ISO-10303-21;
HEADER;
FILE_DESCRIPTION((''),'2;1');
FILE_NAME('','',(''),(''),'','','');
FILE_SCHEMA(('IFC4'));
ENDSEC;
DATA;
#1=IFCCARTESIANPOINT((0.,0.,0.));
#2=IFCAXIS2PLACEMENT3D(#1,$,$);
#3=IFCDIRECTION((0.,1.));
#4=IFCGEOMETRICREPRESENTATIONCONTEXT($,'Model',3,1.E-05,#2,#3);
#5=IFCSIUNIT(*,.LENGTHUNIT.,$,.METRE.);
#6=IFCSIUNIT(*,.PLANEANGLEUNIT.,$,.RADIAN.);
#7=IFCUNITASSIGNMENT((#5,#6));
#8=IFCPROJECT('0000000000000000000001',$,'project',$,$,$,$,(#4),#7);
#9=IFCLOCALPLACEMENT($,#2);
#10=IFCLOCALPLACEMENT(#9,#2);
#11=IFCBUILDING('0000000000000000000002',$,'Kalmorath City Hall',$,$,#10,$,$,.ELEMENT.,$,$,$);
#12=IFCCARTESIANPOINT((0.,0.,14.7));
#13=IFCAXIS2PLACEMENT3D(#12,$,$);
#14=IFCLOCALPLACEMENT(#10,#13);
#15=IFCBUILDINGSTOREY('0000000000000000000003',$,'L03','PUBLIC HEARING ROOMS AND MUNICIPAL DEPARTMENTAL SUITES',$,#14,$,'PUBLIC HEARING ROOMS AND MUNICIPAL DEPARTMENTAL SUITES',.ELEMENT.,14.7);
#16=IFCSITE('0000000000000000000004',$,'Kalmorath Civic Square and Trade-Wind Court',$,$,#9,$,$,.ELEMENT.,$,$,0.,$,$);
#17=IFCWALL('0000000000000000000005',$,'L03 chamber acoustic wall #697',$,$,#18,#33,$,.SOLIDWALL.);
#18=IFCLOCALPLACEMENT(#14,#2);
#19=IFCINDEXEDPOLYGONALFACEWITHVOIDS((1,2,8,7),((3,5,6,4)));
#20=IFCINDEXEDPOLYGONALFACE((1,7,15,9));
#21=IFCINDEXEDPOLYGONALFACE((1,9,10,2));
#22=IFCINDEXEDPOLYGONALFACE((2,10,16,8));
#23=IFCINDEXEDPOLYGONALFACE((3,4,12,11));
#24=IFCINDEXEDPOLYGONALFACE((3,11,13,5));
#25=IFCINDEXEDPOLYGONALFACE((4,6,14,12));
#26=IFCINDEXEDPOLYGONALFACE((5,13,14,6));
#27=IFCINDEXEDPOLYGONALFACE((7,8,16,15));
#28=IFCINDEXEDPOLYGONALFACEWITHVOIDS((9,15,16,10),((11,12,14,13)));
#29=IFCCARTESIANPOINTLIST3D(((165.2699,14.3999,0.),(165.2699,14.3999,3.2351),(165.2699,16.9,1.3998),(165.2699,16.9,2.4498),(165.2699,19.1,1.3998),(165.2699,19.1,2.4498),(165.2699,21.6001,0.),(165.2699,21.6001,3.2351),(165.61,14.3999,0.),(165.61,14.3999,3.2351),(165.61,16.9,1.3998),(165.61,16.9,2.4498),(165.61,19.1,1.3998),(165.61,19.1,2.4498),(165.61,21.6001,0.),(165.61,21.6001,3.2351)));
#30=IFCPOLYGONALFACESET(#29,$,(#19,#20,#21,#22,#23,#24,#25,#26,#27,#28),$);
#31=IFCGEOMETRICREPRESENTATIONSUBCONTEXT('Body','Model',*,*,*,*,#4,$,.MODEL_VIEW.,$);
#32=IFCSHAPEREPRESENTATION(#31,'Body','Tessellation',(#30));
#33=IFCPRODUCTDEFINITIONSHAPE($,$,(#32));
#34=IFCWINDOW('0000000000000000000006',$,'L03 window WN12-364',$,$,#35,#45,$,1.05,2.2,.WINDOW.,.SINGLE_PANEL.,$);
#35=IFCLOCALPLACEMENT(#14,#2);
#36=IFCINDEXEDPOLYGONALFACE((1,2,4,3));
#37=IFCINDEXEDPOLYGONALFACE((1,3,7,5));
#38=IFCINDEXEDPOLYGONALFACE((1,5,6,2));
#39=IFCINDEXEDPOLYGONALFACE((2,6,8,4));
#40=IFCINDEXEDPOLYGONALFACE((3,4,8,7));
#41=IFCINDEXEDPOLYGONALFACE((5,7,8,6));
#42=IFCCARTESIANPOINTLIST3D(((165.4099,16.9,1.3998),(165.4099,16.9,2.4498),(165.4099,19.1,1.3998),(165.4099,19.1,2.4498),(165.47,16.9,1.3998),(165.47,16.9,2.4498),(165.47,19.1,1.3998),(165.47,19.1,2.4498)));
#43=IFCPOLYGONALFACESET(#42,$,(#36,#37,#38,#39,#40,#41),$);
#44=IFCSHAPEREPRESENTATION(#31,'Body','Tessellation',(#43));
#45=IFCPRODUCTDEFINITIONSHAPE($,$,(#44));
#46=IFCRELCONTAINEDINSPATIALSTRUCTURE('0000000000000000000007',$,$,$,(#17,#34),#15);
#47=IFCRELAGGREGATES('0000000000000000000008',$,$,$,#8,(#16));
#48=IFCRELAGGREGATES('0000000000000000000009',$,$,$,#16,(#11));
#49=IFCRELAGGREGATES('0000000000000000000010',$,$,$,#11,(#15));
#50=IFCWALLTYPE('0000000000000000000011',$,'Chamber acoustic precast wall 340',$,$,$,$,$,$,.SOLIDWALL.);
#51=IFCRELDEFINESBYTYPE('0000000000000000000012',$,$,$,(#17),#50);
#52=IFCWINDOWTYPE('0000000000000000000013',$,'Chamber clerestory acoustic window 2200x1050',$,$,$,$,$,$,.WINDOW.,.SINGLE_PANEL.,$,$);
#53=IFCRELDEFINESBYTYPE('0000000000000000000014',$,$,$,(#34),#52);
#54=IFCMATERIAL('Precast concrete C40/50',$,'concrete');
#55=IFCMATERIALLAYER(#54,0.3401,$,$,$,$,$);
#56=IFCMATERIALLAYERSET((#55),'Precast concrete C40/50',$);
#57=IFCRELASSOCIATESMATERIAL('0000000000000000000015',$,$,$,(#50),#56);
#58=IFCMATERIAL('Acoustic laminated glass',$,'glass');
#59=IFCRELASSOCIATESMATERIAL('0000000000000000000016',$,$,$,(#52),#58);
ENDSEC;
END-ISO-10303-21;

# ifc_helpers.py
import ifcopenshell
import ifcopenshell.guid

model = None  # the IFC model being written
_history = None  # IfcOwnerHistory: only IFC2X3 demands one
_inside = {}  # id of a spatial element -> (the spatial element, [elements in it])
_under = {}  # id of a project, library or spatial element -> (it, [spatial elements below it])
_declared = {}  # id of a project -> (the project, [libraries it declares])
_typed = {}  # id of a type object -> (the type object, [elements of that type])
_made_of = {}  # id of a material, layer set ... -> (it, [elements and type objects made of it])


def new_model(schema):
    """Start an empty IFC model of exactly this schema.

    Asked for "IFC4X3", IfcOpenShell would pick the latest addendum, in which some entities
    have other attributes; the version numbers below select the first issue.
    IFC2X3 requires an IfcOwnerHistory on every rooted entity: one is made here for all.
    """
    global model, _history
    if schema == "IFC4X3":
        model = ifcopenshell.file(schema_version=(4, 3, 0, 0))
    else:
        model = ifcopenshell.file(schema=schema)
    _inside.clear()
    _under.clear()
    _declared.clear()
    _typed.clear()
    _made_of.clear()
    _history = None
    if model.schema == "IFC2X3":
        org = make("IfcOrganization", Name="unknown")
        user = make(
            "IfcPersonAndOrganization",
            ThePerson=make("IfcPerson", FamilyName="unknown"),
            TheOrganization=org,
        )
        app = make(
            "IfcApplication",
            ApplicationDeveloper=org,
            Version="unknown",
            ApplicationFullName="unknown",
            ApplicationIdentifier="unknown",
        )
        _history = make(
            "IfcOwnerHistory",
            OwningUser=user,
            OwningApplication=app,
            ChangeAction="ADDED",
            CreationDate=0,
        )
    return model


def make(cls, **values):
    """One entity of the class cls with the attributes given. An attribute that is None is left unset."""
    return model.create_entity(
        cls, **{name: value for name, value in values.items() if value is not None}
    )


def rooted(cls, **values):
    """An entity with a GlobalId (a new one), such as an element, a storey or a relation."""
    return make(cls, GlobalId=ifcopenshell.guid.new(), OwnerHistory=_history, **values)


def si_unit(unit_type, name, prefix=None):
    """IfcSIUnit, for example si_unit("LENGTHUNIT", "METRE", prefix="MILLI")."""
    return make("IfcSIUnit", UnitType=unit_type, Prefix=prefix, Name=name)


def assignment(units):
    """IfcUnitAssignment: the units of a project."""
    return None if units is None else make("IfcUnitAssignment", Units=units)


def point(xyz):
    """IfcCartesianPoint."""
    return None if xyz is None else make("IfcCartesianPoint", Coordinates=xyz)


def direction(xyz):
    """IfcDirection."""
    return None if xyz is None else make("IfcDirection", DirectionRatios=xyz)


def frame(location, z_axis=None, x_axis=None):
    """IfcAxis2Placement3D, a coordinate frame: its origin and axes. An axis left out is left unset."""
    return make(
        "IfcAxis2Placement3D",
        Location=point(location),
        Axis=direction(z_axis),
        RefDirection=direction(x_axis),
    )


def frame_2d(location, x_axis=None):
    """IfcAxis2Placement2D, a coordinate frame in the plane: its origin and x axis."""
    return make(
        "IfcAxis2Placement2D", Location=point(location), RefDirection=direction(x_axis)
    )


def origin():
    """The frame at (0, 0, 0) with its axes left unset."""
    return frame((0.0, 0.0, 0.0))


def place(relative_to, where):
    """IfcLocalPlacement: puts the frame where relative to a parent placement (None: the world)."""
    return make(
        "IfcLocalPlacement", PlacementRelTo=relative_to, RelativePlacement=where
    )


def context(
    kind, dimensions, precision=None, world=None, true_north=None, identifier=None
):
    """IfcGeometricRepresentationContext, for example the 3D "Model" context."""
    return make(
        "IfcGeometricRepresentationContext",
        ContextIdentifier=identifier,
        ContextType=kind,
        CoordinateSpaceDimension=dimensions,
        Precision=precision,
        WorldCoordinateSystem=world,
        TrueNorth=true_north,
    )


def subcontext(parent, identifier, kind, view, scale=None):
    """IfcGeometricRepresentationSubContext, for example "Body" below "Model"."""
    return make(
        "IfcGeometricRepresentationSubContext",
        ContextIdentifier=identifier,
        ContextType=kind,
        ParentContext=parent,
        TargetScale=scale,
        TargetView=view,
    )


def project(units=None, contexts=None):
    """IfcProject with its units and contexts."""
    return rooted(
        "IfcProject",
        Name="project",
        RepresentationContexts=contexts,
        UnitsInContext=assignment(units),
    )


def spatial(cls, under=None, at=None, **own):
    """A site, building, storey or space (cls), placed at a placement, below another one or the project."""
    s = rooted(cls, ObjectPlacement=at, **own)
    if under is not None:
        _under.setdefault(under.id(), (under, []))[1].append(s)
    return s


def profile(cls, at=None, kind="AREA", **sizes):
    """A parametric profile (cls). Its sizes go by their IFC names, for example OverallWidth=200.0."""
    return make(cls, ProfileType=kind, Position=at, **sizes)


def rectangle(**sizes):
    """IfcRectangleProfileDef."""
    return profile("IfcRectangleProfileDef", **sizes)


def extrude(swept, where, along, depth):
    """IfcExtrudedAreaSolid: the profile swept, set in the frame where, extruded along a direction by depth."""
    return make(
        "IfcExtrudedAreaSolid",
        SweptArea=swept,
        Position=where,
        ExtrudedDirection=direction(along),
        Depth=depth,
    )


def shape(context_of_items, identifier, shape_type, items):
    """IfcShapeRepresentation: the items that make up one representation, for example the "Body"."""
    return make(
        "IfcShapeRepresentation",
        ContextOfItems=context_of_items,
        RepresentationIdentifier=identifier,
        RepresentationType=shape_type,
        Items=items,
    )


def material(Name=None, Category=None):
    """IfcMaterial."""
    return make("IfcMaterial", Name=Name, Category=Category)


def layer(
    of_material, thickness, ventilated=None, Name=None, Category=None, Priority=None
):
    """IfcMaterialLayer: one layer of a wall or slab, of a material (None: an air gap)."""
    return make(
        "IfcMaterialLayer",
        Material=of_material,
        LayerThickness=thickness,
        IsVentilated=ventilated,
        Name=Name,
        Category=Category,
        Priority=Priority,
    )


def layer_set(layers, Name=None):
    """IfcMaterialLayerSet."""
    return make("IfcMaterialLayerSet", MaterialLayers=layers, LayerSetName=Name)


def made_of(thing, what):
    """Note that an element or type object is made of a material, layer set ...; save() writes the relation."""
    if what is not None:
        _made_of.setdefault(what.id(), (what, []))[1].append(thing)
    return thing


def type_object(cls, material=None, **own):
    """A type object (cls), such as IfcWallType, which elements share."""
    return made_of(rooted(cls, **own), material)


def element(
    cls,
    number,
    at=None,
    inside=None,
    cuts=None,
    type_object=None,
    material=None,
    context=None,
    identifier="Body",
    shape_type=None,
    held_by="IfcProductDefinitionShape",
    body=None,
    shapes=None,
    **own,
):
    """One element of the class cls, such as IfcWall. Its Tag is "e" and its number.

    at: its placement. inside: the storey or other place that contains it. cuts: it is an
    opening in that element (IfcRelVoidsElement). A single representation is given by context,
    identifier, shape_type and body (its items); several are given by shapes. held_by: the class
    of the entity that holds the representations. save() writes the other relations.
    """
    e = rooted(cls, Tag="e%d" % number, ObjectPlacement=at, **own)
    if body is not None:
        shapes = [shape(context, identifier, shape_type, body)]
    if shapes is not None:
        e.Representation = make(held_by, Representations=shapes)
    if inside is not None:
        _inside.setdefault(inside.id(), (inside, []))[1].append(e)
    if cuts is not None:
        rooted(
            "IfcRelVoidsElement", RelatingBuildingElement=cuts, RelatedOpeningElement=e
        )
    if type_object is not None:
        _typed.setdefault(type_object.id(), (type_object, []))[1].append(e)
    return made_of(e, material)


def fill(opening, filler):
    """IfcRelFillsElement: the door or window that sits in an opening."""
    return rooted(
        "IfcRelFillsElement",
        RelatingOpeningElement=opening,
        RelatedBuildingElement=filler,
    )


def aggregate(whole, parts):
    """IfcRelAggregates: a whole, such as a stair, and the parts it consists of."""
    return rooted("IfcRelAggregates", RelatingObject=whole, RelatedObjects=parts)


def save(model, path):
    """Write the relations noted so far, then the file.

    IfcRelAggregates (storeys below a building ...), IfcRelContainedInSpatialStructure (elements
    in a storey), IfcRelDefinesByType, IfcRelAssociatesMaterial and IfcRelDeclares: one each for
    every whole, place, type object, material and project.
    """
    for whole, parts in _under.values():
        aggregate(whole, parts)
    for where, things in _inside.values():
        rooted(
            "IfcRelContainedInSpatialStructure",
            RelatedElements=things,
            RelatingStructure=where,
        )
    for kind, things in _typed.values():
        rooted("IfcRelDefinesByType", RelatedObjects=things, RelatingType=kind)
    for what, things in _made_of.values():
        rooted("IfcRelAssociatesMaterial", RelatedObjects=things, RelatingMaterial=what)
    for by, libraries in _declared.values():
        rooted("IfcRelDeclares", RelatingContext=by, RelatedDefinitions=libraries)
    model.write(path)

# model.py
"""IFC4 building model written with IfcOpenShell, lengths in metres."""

from ifc_helpers import new_model, si_unit, direction, frame, frame_2d, origin, place, context, subcontext, project, spatial, rectangle, extrude, material, layer, layer_set, type_object, element, fill, save


model = new_model("IFC4")

# Units and contexts
model_context = context("Model", 3, precision=1e-05, world=origin(), true_north=direction((0.0, 1.0)))
body_context = subcontext(model_context, "Body", "Model", "MODEL_VIEW")
ifc_project = project(units=[si_unit("LENGTHUNIT", "METRE"), si_unit("PLANEANGLEUNIT", "RADIAN")], contexts=[model_context])

# Site, building, storey
site_placement = place(None, origin())
site = spatial("IfcSite", under=ifc_project, at=site_placement, Name="Kalmorath Civic Square and Trade-Wind Court", CompositionType="ELEMENT", RefElevation=0.0)
building_placement = place(site_placement, origin())
building = spatial("IfcBuilding", under=site, at=building_placement, Name="Kalmorath City Hall", CompositionType="ELEMENT")
storey_placement = place(building_placement, frame((0.0, 0.0, 14.7)))
storey = spatial("IfcBuildingStorey", under=building, at=storey_placement, Name="L03", Description="PUBLIC HEARING ROOMS AND MUNICIPAL DEPARTMENTAL SUITES", LongName="PUBLIC HEARING ROOMS AND MUNICIPAL DEPARTMENTAL SUITES", CompositionType="ELEMENT", Elevation=14.7)

# Wall, opening, window
ifc_material_1 = material(Name="Precast concrete C40/50", Category="concrete")
ifc_layer = layer(ifc_material_1, 0.3401)
ifc_layer_set = layer_set([ifc_layer], Name="Precast concrete C40/50")
wall_type = type_object("IfcWallType", Name="Chamber acoustic precast wall 340", PredefinedType="SOLIDWALL", material=ifc_layer_set)
ifc_material_2 = material(Name="Acoustic laminated glass", Category="glass")
window_type = type_object("IfcWindowType", Name="Chamber clerestory acoustic window 2200x1050", PartitioningType="SINGLE_PANEL", PredefinedType="WINDOW", material=ifc_material_2)
wall_1_placement = place(storey_placement, frame((165.4399, 21.6001, 0.0), z_axis=(0.0, 0.0, 1.0), x_axis=(0.0, -1.0, 0.0)))
wall_1 = element("IfcWall", 1, at=wall_1_placement, inside=storey, type_object=wall_type, Name="L03 chamber acoustic wall #697", PredefinedType="SOLIDWALL", context=body_context, shape_type="SweptSolid", body=[
    extrude(rectangle(XDim=7.2002, YDim=0.3401, at=frame_2d((3.6001, 0.0))), origin(), (0.0, 0.0, 1.0), 3.2351),
])
opening_1_placement = place(wall_1_placement, frame((2.5, 0.0, 1.3999)))
opening_1 = element("IfcOpeningElement", 2, at=opening_1_placement, cuts=wall_1, PredefinedType="OPENING", context=body_context, shape_type="SweptSolid", body=[
    extrude(rectangle(XDim=2.2, YDim=1.05, at=frame_2d((1.1001, 0.5249))), frame((0.0, 0.1799, 0.0), z_axis=(0.0, -1.0, 0.0), x_axis=(1.0, 0.0, 0.0)), (0.0, 0.0, 1.0), 0.3601),
])
window_1_placement = place(opening_1_placement, origin())
window_1 = element("IfcWindow", 3, at=window_1_placement, inside=storey, type_object=window_type, Name="L03 window WN12-364", OverallHeight=1.05, OverallWidth=2.2, PartitioningType="SINGLE_PANEL", PredefinedType="WINDOW", context=body_context, shape_type="SweptSolid", body=[
    extrude(rectangle(XDim=2.2, YDim=1.05, at=frame_2d((1.1001, 0.5249))), frame((0.0, 0.03, 0.0), z_axis=(0.0, -1.0, 0.0), x_axis=(1.0, 0.0, 0.0)), (0.0, 0.0, 1.0), 0.0601),
])
fill(opening_1, window_1)

save(model, "model.ifc")
